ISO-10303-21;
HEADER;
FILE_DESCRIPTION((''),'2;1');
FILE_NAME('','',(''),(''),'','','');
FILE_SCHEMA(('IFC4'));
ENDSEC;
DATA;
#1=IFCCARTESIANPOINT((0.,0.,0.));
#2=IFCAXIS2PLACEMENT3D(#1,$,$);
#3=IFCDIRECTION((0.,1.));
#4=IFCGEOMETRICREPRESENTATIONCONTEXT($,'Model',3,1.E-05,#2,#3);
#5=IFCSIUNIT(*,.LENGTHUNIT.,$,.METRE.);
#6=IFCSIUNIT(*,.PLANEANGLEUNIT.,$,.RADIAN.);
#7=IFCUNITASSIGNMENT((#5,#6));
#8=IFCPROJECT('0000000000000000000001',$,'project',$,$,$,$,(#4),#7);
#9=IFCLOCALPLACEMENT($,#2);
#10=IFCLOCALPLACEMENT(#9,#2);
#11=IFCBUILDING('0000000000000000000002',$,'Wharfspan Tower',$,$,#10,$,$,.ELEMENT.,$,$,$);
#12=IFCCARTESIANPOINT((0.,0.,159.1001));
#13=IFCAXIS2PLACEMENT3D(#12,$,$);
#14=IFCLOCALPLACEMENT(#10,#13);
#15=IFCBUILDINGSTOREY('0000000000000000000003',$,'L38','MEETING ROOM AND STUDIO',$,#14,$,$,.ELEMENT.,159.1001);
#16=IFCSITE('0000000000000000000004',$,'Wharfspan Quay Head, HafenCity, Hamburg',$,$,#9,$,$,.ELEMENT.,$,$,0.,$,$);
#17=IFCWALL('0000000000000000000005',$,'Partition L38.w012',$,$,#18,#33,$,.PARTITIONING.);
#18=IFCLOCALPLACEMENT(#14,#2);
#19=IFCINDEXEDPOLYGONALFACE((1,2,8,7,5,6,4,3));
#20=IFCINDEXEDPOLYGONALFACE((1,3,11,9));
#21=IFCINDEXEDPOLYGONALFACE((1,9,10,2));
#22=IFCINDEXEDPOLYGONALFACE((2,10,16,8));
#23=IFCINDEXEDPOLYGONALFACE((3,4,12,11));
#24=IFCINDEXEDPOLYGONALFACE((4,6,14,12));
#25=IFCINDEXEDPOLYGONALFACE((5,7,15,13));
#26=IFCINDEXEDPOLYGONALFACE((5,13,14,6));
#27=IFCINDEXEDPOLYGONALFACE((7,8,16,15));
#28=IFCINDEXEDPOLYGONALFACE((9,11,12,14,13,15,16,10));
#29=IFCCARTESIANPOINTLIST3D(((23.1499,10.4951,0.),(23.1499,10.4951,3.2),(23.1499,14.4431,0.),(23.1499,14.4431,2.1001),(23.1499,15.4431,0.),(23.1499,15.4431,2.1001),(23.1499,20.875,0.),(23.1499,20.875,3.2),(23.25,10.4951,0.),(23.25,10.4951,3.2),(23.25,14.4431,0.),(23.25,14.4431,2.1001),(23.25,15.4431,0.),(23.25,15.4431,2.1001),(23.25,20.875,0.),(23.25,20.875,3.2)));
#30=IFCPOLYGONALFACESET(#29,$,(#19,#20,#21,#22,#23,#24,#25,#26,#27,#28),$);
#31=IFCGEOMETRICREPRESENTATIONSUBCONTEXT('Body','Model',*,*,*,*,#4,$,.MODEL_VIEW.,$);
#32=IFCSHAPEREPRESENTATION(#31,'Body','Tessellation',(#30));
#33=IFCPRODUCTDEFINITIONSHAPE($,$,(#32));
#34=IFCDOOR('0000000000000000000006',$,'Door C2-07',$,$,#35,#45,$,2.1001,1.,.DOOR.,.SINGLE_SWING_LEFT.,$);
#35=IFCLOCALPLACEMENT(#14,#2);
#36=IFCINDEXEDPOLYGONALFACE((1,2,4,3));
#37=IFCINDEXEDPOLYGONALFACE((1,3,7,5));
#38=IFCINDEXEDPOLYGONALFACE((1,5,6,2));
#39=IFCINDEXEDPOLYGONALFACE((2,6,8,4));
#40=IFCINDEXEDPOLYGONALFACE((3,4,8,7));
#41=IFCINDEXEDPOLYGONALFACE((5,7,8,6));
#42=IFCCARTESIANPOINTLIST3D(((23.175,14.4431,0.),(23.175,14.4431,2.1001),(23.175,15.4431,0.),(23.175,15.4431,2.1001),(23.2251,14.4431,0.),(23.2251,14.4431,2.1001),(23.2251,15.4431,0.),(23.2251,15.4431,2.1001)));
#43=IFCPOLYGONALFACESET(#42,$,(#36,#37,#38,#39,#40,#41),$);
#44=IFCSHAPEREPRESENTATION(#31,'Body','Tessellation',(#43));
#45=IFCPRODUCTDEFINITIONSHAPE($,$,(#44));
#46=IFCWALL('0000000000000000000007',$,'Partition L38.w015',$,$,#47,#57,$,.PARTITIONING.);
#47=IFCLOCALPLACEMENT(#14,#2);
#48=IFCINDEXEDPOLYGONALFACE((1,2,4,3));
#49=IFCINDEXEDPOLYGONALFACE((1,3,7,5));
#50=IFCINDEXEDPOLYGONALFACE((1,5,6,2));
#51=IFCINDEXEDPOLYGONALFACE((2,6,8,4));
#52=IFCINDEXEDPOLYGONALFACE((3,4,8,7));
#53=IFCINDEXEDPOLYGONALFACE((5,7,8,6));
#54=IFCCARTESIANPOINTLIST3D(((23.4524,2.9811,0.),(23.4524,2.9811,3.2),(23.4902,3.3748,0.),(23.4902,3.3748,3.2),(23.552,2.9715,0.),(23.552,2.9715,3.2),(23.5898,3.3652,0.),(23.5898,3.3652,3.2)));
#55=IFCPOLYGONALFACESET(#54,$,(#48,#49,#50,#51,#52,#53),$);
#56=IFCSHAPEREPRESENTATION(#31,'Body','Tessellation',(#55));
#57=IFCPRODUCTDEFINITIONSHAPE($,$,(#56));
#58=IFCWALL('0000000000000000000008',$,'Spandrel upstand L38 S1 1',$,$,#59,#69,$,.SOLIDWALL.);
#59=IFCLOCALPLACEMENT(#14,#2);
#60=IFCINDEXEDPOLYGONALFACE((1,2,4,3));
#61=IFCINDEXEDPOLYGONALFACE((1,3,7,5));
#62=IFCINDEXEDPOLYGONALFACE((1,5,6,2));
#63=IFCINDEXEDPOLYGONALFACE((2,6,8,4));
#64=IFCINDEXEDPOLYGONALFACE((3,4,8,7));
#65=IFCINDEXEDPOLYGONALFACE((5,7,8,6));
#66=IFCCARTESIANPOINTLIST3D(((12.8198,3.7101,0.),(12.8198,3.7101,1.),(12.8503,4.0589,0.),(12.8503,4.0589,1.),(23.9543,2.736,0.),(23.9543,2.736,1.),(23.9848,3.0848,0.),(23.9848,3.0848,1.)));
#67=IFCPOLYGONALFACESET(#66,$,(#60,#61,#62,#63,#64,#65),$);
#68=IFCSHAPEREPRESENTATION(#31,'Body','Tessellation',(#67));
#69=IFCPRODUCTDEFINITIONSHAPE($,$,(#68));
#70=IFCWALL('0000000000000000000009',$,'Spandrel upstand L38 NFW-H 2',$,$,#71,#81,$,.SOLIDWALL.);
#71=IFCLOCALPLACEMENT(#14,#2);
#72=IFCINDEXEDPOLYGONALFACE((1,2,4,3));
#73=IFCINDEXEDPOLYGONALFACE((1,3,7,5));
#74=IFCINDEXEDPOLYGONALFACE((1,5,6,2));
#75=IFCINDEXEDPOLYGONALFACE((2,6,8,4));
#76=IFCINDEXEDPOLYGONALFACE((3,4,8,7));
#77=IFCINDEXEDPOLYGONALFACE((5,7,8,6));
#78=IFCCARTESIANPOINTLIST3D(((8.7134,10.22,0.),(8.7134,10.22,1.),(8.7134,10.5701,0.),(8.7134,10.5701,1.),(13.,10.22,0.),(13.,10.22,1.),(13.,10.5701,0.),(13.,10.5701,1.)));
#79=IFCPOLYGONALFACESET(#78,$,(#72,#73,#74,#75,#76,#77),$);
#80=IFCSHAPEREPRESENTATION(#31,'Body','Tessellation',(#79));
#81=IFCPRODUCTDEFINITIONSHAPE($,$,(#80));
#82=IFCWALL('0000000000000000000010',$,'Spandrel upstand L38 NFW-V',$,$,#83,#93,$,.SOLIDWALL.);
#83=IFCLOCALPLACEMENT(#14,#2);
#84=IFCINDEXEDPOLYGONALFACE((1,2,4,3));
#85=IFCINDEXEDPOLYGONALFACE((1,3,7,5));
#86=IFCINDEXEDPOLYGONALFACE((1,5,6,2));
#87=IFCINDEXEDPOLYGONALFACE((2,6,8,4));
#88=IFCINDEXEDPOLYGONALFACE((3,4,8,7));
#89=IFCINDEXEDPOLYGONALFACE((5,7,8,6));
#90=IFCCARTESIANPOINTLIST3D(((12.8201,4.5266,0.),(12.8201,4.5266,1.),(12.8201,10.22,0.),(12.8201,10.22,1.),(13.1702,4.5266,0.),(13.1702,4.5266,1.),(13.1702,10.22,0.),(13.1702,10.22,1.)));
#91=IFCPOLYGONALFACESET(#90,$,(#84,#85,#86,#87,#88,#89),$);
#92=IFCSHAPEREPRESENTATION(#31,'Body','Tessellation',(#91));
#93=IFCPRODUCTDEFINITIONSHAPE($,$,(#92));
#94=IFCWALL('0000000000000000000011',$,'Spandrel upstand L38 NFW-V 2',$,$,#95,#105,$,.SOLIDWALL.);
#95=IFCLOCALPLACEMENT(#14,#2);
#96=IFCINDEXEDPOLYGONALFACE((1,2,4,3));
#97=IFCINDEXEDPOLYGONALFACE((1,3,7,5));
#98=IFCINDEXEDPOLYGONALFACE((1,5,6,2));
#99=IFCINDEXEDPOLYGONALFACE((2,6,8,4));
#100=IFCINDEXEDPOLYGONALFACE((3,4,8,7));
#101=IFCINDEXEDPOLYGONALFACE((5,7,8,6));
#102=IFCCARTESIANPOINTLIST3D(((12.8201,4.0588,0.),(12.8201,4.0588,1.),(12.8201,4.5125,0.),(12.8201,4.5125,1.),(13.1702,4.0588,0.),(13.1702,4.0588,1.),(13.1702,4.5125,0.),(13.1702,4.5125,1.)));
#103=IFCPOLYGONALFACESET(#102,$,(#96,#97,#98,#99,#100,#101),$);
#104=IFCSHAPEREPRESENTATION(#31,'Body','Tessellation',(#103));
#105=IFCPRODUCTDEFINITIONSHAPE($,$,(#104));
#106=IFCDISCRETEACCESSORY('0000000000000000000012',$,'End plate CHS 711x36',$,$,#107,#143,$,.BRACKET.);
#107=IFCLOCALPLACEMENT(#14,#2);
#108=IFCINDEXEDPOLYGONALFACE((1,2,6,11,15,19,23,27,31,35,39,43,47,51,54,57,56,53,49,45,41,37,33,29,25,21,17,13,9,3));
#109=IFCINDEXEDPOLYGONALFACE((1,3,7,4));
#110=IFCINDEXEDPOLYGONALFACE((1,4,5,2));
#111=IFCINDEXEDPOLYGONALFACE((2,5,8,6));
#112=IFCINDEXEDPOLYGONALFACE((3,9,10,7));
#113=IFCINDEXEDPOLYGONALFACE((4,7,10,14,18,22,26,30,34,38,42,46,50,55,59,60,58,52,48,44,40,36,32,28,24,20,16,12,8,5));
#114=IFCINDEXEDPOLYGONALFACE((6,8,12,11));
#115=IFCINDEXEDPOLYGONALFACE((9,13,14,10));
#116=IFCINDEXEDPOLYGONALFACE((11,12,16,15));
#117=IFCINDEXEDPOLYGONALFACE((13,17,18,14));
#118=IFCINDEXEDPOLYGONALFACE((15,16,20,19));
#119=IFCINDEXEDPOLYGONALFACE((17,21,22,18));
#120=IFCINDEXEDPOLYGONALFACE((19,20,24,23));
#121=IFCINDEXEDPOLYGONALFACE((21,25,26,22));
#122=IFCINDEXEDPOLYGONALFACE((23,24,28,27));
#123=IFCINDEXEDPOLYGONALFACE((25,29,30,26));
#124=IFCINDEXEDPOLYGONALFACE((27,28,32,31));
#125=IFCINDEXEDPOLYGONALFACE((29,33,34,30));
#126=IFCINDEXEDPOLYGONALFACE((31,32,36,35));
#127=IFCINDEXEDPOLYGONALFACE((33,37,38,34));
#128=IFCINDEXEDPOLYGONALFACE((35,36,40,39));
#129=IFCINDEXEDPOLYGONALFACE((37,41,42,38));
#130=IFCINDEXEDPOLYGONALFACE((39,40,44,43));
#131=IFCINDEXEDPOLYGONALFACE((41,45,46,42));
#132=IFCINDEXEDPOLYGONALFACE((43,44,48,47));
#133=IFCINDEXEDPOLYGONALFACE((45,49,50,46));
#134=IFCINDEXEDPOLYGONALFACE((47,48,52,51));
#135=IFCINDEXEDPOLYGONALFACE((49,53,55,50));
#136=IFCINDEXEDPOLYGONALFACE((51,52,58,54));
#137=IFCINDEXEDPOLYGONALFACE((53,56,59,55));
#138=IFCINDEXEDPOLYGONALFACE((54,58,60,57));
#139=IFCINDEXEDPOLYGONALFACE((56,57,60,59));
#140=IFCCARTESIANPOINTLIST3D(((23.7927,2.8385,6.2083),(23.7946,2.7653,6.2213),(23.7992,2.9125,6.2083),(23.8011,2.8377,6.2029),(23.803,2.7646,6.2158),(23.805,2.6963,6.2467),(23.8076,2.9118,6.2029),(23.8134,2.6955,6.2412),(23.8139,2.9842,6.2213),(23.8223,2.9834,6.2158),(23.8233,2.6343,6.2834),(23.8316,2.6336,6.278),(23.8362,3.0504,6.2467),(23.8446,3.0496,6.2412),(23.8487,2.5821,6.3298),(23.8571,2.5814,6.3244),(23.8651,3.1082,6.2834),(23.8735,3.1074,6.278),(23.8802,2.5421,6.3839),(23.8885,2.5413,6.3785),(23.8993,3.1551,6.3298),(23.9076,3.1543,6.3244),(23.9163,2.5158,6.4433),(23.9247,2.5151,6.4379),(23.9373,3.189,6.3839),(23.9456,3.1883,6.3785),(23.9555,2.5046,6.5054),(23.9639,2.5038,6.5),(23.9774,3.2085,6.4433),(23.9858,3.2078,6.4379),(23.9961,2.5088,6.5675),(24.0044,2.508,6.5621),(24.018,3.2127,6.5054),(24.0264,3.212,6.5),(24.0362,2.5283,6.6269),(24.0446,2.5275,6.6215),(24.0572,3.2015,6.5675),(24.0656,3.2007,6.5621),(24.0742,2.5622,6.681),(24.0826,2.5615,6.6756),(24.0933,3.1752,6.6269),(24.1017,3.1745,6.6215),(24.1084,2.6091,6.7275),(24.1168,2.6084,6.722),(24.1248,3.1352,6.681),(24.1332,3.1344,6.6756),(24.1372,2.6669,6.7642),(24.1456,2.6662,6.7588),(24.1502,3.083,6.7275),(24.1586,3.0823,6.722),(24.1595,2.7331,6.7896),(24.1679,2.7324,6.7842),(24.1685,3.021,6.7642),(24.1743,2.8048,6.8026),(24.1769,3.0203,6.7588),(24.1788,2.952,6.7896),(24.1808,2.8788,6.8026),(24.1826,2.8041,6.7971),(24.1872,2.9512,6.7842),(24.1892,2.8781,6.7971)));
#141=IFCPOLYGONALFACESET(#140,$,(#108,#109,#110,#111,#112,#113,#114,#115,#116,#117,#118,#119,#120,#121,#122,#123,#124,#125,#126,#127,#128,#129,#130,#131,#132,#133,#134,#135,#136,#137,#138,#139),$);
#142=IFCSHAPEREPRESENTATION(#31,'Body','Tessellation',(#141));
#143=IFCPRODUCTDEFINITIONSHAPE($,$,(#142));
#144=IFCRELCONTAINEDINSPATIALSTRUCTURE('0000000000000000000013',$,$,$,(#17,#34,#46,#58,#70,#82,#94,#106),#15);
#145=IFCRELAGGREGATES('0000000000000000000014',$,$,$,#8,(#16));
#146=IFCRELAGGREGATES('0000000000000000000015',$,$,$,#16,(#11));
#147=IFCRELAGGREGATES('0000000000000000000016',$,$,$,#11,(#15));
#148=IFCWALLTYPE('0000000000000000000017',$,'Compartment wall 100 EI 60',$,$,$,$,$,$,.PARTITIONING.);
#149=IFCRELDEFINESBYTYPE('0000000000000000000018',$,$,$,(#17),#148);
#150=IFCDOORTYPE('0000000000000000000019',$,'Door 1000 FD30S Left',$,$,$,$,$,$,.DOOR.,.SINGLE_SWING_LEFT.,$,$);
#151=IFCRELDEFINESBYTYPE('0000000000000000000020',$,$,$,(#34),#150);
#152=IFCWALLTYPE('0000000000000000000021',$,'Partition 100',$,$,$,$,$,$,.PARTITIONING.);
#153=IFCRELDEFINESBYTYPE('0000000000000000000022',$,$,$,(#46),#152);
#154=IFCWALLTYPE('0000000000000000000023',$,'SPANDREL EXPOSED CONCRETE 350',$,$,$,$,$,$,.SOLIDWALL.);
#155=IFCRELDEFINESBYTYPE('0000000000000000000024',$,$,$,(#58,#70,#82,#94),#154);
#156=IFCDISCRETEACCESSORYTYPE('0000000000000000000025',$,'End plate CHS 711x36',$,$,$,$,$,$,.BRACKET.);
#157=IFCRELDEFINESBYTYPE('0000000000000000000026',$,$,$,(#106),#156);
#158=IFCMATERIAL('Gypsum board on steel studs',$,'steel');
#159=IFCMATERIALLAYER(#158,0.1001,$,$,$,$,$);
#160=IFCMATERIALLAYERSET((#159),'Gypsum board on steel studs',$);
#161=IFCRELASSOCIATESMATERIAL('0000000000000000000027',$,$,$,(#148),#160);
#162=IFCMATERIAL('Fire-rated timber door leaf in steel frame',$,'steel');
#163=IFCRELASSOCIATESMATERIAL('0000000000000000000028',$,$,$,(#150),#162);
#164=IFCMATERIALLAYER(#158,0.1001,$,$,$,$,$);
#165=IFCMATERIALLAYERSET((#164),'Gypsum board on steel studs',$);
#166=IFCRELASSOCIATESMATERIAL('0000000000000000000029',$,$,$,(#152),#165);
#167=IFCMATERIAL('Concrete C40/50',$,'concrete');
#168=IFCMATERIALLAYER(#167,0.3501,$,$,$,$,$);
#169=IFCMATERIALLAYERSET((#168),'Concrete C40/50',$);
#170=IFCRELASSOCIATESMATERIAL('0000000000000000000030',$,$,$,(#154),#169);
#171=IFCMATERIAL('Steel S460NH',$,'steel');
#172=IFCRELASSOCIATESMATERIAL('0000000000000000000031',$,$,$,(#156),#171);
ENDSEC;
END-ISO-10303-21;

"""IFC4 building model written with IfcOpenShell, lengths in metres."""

from ifc_helpers import new_model, si_unit, direction, frame, frame_2d, origin, origin_2d, place, context, subcontext, project, spatial, rectangle, circle, extrude, material, layer, layer_set, material_profile, profile_set, type_object, element, fill, save


model = new_model("IFC4")

# Units and contexts
model_context = context("Model", 3, precision=1e-05, world=origin(), true_north=direction((0.0, 1.0)))
body_context = subcontext(model_context, "Body", "Model", "MODEL_VIEW")
ifc_project = project(units=[si_unit("LENGTHUNIT", "METRE"), si_unit("PLANEANGLEUNIT", "RADIAN")], contexts=[model_context])

# Site, building, storey
site_placement = place(None, origin())
site = spatial("IfcSite", under=ifc_project, at=site_placement, Name="Wharfspan Quay Head, HafenCity, Hamburg", CompositionType="ELEMENT", RefElevation=0.0)
building_placement = place(site_placement, origin())
building = spatial("IfcBuilding", under=site, at=building_placement, Name="Wharfspan Tower", CompositionType="ELEMENT")
storey_placement = place(building_placement, frame((0.0, 0.0, 159.1001)))
storey = spatial("IfcBuildingStorey", under=building, at=storey_placement, Name="L38", Description="MEETING ROOM AND STUDIO", CompositionType="ELEMENT", Elevation=159.1001)

# Shared definitions
ifc_material_1 = material(Name="Gypsum board on steel studs", Category="steel")
ifc_layer_1 = layer(ifc_material_1, 0.1001)
ifc_layer_set_1 = layer_set([ifc_layer_1], Name="Gypsum board on steel studs")
wall_type_1 = type_object("IfcWallType", Name="Compartment wall 100 EI 60", PredefinedType="PARTITIONING", material=ifc_layer_set_1)

# Wall, opening, door
wall_1_placement = place(storey_placement, frame((23.2, 10.4951, 0.0), z_axis=(0.0, 0.0, 1.0), x_axis=(0.0, 1.0, 0.0)))
wall_1 = element("IfcWall", 1, at=wall_1_placement, inside=storey, type_object=wall_type_1, Name="Partition L38.w012", PredefinedType="PARTITIONING", context=body_context, shape_type="SweptSolid", body=[
    extrude(rectangle(XDim=10.3799, YDim=0.1001, at=frame_2d((5.1899, 0.0))), origin(), (0.0, 0.0, 1.0), 3.2),
])
opening_placement = place(wall_1_placement, frame((3.948, 0.0, 0.0)))
opening = element("IfcOpeningElement", 2, at=opening_placement, cuts=wall_1, PredefinedType="OPENING", context=body_context, shape_type="SweptSolid", body=[
    extrude(rectangle(XDim=1.0, YDim=2.1001, at=frame_2d((0.5, 1.05))), frame((0.0, 0.0601, 0.0), z_axis=(0.0, -1.0, 0.0), x_axis=(1.0, 0.0, 0.0)), (0.0, 0.0, 1.0), 0.1201),
])
ifc_material_2 = material(Name="Fire-rated timber door leaf in steel frame", Category="steel")
door_type = type_object("IfcDoorType", Name="Door 1000 FD30S Left", OperationType="SINGLE_SWING_LEFT", PredefinedType="DOOR", material=ifc_material_2)
door_placement = place(opening_placement, origin())
door = element("IfcDoor", 3, at=door_placement, inside=storey, type_object=door_type, Name="Door C2-07", OperationType="SINGLE_SWING_LEFT", OverallHeight=2.1001, OverallWidth=1.0, PredefinedType="DOOR", context=body_context, shape_type="SweptSolid", body=[
    extrude(rectangle(XDim=1.0, YDim=2.1001, at=frame_2d((0.5, 1.05))), frame((0.0, 0.0249, 0.0), z_axis=(0.0, -1.0, 0.0), x_axis=(1.0, 0.0, 0.0)), (0.0, 0.0, 1.0), 0.05),
])
fill(opening, door)

# Walls
ifc_layer_2 = layer(ifc_material_1, 0.1001)
ifc_layer_set_2 = layer_set([ifc_layer_2], Name="Gypsum board on steel studs")
wall_type_2 = type_object("IfcWallType", Name="Partition 100", PredefinedType="PARTITIONING", material=ifc_layer_set_2)
wall_2_placement = place(storey_placement, frame((23.5022, 2.9763, 0.0), z_axis=(0.0, 0.0, 1.0), x_axis=(0.095654, 0.995419, 0.0)))
element("IfcWall", 4, at=wall_2_placement, inside=storey, type_object=wall_type_2, Name="Partition L38.w015", PredefinedType="PARTITIONING", context=body_context, shape_type="SweptSolid", body=[
    extrude(rectangle(XDim=0.3955, YDim=0.1001, at=frame_2d((0.1978, 0.0))), origin(), (0.0, 0.0, 1.0), 3.2),
])
ifc_material_3 = material(Name="Concrete C40/50", Category="concrete")
ifc_layer_3 = layer(ifc_material_3, 0.3501)
ifc_layer_set_3 = layer_set([ifc_layer_3], Name="Concrete C40/50")
wall_type_3 = type_object("IfcWallType", Name="SPANDREL EXPOSED CONCRETE 350", PredefinedType="SOLIDWALL", material=ifc_layer_set_3)
wall_3_placement = place(storey_placement, frame((12.8352, 3.8845, 0.0), z_axis=(0.0, 0.0, 1.0), x_axis=(0.996199, -0.087154, 0.0)))
element("IfcWall", 5, at=wall_3_placement, inside=storey, type_object=wall_type_3, Name="Spandrel upstand L38 S1 1", PredefinedType="SOLIDWALL", context=body_context, shape_type="SweptSolid", body=[
    extrude(rectangle(XDim=11.177, YDim=0.3501, at=frame_2d((5.5884, 0.0))), origin(), (0.0, 0.0, 1.0), 1.0),
])
wall_4_placement = place(storey_placement, frame((8.7134, 10.395, 0.0), z_axis=(0.0, 0.0, 1.0), x_axis=(1.0, 0.0, 0.0)))
element("IfcWall", 6, at=wall_4_placement, inside=storey, type_object=wall_type_3, Name="Spandrel upstand L38 NFW-H 2", PredefinedType="SOLIDWALL", context=body_context, shape_type="SweptSolid", body=[
    extrude(rectangle(XDim=4.2866, YDim=0.3501, at=frame_2d((2.1433, 0.0))), origin(), (0.0, 0.0, 1.0), 1.0),
])
wall_5_placement = place(storey_placement, frame((12.9951, 10.22, 0.0), z_axis=(0.0, 0.0, 1.0), x_axis=(0.0, -1.0, 0.0)))
element("IfcWall", 7, at=wall_5_placement, inside=storey, type_object=wall_type_3, Name="Spandrel upstand L38 NFW-V", PredefinedType="SOLIDWALL", context=body_context, shape_type="SweptSolid", body=[
    extrude(rectangle(XDim=5.6934, YDim=0.3501, at=frame_2d((2.8467, 0.0))), origin(), (0.0, 0.0, 1.0), 1.0),
])
wall_6_placement = place(storey_placement, frame((12.9951, 4.5125, 0.0), z_axis=(0.0, 0.0, 1.0), x_axis=(0.0, -1.0, 0.0)))
element("IfcWall", 8, at=wall_6_placement, inside=storey, type_object=wall_type_3, Name="Spandrel upstand L38 NFW-V 2", PredefinedType="SOLIDWALL", context=body_context, shape_type="SweptSolid", body=[
    extrude(rectangle(XDim=0.4536, YDim=0.3501, at=frame_2d((0.2268, 0.0))), origin(), (0.0, 0.0, 1.0), 1.0),
])

# Discrete accessory
ifc_material_4 = material(Name="Steel S460NH", Category="steel")
ifc_material_profile_1 = material_profile(ifc_material_4, circle(Radius=0.3555, at=origin_2d()))
ifc_profile_set_1 = profile_set([ifc_material_profile_1], Name="Steel S460NH")
discrete_accessory_type = type_object("IfcDiscreteAccessoryType", Name="End plate CHS 711x36", PredefinedType="BRACKET", material=ifc_profile_set_1)
discrete_accessory_placement = place(storey_placement, frame((23.9951, 2.8579, 6.5), z_axis=(-0.837276, 0.073877, 0.541767), x_axis=(-0.087893, -0.996132, 0.000001)))
element("IfcDiscreteAccessory", 9, at=discrete_accessory_placement, inside=storey, type_object=discrete_accessory_type, Name="End plate CHS 711x36", PredefinedType="BRACKET", context=body_context, shape_type="SweptSolid", body=[
    extrude(circle(Radius=0.3555, at=origin_2d()), origin(), (0.0, 0.0, 1.0), 0.01),
])

save(model, "model.ifc")
